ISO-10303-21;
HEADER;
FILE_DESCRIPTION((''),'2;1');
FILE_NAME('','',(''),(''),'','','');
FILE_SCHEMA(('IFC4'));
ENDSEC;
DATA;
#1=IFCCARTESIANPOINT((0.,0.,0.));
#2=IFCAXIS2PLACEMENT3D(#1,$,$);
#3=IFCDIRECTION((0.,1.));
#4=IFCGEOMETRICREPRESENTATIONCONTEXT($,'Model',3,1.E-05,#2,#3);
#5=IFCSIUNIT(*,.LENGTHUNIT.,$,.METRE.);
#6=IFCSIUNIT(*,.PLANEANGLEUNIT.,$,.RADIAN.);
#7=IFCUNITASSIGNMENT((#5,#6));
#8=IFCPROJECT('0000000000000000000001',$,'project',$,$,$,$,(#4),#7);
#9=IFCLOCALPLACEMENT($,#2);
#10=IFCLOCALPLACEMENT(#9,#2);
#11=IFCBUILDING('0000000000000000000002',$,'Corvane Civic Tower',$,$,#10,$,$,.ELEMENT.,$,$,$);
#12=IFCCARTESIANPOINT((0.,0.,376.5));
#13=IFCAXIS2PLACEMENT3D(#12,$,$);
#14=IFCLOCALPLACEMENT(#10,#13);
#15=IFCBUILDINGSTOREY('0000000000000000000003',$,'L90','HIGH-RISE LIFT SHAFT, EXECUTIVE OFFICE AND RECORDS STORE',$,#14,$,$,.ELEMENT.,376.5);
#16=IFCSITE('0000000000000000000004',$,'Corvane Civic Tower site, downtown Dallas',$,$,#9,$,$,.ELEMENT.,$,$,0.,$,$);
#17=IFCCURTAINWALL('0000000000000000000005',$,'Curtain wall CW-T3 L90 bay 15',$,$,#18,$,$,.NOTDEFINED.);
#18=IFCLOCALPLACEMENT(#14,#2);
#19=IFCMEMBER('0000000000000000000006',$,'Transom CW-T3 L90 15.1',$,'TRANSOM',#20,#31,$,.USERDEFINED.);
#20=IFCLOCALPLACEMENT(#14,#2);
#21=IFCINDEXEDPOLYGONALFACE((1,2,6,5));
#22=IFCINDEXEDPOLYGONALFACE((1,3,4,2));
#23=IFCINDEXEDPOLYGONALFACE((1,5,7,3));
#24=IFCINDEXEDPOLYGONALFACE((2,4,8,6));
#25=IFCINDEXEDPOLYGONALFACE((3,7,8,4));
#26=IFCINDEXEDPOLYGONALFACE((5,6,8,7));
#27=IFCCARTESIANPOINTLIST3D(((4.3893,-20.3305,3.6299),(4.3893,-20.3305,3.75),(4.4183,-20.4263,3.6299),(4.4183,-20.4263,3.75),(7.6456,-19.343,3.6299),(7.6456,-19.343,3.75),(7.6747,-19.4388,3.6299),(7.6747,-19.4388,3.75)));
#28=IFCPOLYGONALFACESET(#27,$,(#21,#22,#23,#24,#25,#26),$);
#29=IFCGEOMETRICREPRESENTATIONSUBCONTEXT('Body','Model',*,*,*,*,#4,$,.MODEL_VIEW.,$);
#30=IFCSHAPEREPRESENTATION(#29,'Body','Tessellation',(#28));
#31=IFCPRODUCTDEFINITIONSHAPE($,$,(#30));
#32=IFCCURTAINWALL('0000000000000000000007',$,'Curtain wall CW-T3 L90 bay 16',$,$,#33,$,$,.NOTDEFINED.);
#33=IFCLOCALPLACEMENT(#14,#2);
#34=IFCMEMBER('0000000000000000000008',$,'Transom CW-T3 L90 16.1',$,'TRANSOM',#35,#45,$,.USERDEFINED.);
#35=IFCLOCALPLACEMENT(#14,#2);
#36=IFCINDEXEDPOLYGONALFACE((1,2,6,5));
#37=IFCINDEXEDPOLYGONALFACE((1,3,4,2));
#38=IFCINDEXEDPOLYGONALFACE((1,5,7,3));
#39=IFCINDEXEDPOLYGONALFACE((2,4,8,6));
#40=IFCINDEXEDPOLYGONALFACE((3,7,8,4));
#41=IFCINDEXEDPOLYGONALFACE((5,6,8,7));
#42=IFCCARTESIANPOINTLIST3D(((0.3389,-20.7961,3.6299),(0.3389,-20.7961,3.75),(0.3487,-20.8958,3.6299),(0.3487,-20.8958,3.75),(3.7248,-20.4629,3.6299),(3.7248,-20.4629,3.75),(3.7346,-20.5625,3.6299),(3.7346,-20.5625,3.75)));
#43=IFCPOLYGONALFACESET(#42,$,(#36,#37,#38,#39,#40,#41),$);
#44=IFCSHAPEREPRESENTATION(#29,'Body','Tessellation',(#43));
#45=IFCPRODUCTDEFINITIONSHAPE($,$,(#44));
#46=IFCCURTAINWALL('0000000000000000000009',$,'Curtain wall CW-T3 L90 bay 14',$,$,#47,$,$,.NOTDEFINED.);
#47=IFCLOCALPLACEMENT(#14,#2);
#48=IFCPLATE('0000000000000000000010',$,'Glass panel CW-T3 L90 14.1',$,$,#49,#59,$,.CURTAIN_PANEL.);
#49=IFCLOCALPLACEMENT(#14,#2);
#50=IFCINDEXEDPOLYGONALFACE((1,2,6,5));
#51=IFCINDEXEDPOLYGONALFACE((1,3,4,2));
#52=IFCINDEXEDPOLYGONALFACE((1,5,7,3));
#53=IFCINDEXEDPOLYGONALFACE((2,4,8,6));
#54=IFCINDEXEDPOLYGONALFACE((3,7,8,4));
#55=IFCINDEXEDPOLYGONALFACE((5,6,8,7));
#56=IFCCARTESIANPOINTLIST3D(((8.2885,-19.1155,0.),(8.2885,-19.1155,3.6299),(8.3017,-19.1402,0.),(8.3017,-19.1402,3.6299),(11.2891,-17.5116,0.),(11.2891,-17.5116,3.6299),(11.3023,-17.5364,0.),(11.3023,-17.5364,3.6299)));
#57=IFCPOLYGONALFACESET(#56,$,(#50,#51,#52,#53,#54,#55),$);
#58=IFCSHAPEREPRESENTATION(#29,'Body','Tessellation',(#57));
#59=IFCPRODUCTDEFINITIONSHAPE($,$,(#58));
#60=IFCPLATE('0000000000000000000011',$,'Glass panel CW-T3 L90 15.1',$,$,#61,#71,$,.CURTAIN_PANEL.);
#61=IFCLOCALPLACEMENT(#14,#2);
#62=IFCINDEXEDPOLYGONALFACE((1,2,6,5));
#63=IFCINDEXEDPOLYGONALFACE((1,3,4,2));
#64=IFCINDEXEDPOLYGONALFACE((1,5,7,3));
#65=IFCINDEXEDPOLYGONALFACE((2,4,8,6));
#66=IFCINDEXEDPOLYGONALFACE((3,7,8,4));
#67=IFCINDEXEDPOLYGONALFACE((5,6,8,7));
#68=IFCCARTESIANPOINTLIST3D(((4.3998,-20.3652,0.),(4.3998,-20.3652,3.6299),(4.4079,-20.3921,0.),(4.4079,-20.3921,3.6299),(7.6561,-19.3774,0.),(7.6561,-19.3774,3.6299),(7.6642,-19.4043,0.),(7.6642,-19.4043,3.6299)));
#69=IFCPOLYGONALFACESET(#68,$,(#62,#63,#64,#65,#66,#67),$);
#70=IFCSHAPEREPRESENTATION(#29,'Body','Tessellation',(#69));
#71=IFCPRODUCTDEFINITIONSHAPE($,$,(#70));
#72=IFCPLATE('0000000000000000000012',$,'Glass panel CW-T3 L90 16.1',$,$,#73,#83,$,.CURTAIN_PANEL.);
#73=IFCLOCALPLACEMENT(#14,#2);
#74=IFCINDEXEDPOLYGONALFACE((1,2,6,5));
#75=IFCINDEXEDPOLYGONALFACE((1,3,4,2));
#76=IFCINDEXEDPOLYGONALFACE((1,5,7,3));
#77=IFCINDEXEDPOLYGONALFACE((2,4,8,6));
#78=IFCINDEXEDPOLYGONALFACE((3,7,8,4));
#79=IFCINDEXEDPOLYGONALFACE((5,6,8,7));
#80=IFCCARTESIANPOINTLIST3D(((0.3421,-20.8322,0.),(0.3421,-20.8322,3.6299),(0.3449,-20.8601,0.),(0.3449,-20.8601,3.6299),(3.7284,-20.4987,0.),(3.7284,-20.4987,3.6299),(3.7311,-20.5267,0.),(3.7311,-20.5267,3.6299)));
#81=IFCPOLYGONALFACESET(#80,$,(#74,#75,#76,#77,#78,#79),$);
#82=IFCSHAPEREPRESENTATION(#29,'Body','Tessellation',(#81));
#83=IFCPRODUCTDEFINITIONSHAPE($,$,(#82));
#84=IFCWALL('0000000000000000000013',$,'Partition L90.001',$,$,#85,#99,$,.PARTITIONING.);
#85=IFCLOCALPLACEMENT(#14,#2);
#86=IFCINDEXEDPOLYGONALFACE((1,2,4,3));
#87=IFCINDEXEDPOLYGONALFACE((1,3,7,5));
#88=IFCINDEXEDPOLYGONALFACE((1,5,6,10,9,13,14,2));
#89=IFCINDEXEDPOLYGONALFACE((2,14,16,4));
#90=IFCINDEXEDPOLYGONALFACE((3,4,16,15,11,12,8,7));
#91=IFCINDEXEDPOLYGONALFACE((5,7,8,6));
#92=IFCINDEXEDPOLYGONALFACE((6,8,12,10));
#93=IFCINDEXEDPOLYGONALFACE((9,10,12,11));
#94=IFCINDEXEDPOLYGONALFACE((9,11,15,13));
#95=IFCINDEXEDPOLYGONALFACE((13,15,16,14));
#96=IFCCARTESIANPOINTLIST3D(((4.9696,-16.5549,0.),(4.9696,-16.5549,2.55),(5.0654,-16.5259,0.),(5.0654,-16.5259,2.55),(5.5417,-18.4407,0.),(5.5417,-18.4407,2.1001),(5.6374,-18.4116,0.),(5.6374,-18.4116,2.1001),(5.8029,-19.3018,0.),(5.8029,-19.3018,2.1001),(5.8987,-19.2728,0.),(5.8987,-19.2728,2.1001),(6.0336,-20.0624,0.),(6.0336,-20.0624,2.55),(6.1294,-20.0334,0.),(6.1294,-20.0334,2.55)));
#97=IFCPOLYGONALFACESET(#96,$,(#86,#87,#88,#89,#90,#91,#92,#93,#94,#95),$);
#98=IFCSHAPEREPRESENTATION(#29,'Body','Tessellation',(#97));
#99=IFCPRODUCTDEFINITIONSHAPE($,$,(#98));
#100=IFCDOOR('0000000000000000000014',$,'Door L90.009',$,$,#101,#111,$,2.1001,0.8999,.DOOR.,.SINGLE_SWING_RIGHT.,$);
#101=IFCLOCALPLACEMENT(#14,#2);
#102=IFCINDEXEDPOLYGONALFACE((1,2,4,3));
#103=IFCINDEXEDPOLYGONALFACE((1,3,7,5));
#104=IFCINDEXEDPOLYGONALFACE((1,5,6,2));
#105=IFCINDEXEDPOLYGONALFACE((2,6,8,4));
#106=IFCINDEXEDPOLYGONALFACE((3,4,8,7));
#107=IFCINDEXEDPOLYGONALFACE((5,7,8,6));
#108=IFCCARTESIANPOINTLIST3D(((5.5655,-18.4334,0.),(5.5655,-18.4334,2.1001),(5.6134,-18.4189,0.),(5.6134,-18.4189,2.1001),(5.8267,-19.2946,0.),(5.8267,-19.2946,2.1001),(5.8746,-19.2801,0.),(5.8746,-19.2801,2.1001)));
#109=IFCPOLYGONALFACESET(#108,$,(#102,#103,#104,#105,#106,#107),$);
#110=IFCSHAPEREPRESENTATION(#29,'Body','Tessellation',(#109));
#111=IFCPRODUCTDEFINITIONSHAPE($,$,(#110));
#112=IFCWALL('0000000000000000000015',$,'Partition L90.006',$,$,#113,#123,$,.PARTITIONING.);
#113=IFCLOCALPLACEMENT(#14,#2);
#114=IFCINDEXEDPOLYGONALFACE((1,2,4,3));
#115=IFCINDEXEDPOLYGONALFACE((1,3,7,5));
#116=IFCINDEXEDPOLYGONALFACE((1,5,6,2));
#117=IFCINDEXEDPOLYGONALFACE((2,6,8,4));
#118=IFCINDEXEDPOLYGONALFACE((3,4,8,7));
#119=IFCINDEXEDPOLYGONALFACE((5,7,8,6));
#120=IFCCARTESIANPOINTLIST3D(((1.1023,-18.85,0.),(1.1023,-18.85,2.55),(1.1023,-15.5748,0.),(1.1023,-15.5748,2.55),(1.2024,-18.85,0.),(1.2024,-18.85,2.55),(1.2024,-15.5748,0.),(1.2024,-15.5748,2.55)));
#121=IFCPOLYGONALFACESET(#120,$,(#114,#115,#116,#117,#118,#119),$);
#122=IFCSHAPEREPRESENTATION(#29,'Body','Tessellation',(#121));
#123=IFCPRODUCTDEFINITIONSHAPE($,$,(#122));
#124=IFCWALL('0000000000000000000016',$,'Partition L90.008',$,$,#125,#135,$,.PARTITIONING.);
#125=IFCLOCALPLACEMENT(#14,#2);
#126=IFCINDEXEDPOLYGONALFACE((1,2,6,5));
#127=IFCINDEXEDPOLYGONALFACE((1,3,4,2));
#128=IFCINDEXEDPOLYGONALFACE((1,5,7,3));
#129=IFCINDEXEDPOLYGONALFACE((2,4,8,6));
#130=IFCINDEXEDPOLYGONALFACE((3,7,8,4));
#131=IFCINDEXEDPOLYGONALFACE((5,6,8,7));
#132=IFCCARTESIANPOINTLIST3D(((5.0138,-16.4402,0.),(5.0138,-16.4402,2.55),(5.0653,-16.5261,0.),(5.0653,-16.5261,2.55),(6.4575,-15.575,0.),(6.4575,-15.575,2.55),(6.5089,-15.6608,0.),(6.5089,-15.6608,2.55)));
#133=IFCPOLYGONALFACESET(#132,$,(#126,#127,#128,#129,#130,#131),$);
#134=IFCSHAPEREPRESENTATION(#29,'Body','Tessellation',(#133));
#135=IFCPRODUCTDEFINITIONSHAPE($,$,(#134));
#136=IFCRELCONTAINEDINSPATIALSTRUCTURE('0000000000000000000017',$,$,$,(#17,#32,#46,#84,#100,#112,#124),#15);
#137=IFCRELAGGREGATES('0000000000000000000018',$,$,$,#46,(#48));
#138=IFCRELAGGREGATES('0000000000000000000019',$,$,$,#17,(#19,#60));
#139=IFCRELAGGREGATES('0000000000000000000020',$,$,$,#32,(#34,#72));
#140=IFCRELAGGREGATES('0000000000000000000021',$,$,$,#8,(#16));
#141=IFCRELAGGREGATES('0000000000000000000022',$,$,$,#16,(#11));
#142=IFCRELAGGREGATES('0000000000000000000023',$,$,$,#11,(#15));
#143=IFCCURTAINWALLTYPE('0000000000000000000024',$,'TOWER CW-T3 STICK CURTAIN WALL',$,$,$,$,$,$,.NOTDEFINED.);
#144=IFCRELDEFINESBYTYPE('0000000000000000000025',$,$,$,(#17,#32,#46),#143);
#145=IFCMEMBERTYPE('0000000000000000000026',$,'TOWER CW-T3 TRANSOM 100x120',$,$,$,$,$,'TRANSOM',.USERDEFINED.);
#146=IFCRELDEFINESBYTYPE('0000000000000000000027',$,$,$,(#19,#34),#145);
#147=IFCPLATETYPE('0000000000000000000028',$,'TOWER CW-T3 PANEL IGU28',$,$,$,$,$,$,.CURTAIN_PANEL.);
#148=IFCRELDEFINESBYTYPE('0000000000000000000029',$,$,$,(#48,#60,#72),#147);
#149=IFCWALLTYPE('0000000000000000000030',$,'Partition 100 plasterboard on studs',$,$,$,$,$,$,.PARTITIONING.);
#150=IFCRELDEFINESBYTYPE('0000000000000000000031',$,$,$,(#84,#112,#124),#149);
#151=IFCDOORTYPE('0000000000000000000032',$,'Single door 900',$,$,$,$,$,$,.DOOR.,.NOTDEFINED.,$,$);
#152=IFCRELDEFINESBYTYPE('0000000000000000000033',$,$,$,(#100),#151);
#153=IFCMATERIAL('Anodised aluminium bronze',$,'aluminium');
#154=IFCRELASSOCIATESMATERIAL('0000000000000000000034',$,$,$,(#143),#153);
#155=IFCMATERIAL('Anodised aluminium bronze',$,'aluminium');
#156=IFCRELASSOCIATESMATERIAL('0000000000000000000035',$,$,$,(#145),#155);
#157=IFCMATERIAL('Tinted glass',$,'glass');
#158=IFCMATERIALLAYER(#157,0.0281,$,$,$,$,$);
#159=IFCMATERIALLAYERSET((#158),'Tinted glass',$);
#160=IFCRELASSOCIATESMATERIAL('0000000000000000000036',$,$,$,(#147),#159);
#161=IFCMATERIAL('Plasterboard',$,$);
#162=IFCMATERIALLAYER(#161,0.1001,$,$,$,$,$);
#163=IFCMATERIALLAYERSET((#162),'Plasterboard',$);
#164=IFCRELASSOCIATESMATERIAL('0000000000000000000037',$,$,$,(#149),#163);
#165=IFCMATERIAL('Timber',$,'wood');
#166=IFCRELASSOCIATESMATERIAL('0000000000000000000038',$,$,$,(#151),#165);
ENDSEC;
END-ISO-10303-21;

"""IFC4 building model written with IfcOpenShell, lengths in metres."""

from ifc_helpers import new_model, si_unit, direction, frame, frame_2d, origin, origin_2d, place, context, subcontext, project, spatial, rectangle, extrude, material, layer, layer_set, material_profile, profile_set, type_object, element, fill, aggregate, save


model = new_model("IFC4")

# Units and contexts
model_context = context("Model", 3, precision=1e-05, world=origin(), true_north=direction((0.0, 1.0)))
body_context = subcontext(model_context, "Body", "Model", "MODEL_VIEW")
ifc_project = project(units=[si_unit("LENGTHUNIT", "METRE"), si_unit("PLANEANGLEUNIT", "RADIAN")], contexts=[model_context])

# Site, building, storey
site_placement = place(None, origin())
site = spatial("IfcSite", under=ifc_project, at=site_placement, Name="Corvane Civic Tower site, downtown Dallas", CompositionType="ELEMENT", RefElevation=0.0)
building_placement = place(site_placement, origin())
building = spatial("IfcBuilding", under=site, at=building_placement, Name="Corvane Civic Tower", CompositionType="ELEMENT")
storey_placement = place(building_placement, frame((0.0, 0.0, 376.5)))
storey = spatial("IfcBuildingStorey", under=building, at=storey_placement, Name="L90", Description="HIGH-RISE LIFT SHAFT, EXECUTIVE OFFICE AND RECORDS STORE", CompositionType="ELEMENT", Elevation=376.5)

# Curtain walls, members
ifc_material_1 = material(Name="Anodised aluminium bronze", Category="aluminium")
curtain_wall_type = type_object("IfcCurtainWallType", Name="TOWER CW-T3 STICK CURTAIN WALL", PredefinedType="NOTDEFINED", material=ifc_material_1)
curtain_wall_1_placement = place(storey_placement, origin())
curtain_wall_1 = element("IfcCurtainWall", 1, at=curtain_wall_1_placement, inside=storey, type_object=curtain_wall_type, Name="Curtain wall CW-T3 L90 bay 15", PredefinedType="NOTDEFINED")
ifc_material_2 = material(Name="Anodised aluminium bronze", Category="aluminium")
ifc_material_profile_1 = material_profile(ifc_material_2, rectangle(XDim=0.1001, YDim=0.1201, at=origin_2d()), Name="TOWER CW-T3 TRANSOM 100x120")
ifc_profile_set_1 = profile_set([ifc_material_profile_1], Name="Anodised aluminium bronze")
member_type = type_object("IfcMemberType", Name="TOWER CW-T3 TRANSOM 100x120", ElementType="TRANSOM", PredefinedType="USERDEFINED", material=ifc_profile_set_1)
member_1_placement = place(storey_placement, frame((7.6602, -19.3909, 3.6899), z_axis=(-0.956961, -0.290216, 0.0), x_axis=(0.290216, -0.956961, 0.0)))
member_1 = element("IfcMember", 2, at=member_1_placement, type_object=member_type, Name="Transom CW-T3 L90 15.1", ObjectType="TRANSOM", PredefinedType="USERDEFINED", context=body_context, shape_type="SweptSolid", body=[
    extrude(rectangle(XDim=0.1001, YDim=0.1201, at=origin_2d()), origin(), (0.0, 0.0, 1.0), 3.4028),
])
curtain_wall_2_placement = place(storey_placement, origin())
curtain_wall_2 = element("IfcCurtainWall", 3, at=curtain_wall_2_placement, inside=storey, type_object=curtain_wall_type, Name="Curtain wall CW-T3 L90 bay 16", PredefinedType="NOTDEFINED")
member_2_placement = place(storey_placement, frame((3.7297, -20.5127, 3.6899), z_axis=(-0.995192, -0.097948, 0.0), x_axis=(0.097948, -0.995192, 0.0)))
member_2 = element("IfcMember", 4, at=member_2_placement, type_object=member_type, Name="Transom CW-T3 L90 16.1", ObjectType="TRANSOM", PredefinedType="USERDEFINED", context=body_context, shape_type="SweptSolid", body=[
    extrude(rectangle(XDim=0.1001, YDim=0.1201, at=origin_2d()), origin(), (0.0, 0.0, 1.0), 3.4023),
])

# Curtain wall, plate
curtain_wall_3_placement = place(storey_placement, origin())
curtain_wall_3 = element("IfcCurtainWall", 5, at=curtain_wall_3_placement, inside=storey, type_object=curtain_wall_type, Name="Curtain wall CW-T3 L90 bay 14", PredefinedType="NOTDEFINED")
ifc_material_3 = material(Name="Tinted glass", Category="glass")
ifc_layer_1 = layer(ifc_material_3, 0.0281)
ifc_layer_set_1 = layer_set([ifc_layer_1], Name="Tinted glass")
plate_type = type_object("IfcPlateType", Name="TOWER CW-T3 PANEL IGU28", PredefinedType="CURTAIN_PANEL", material=ifc_layer_set_1)
plate_1_placement = place(storey_placement, frame((9.7954, -18.3259, 0.0), z_axis=(0.0, 0.0, 1.0), x_axis=(-0.881928, -0.471384, 0.0)))
plate_1 = element("IfcPlate", 6, at=plate_1_placement, type_object=plate_type, Name="Glass panel CW-T3 L90 14.1", PredefinedType="CURTAIN_PANEL", context=body_context, shape_type="SweptSolid", body=[
    extrude(rectangle(XDim=3.4023, YDim=0.0281, at=origin_2d()), origin(), (0.0, 0.0, 1.0), 3.6299),
])
aggregate(curtain_wall_3, [plate_1])

# Plates
plate_2_placement = place(storey_placement, frame((6.032, -19.8848, 0.0), z_axis=(0.0, 0.0, 1.0), x_axis=(-0.956939, -0.29029, 0.0)))
plate_2 = element("IfcPlate", 7, at=plate_2_placement, type_object=plate_type, Name="Glass panel CW-T3 L90 15.1", PredefinedType="CURTAIN_PANEL", context=body_context, shape_type="SweptSolid", body=[
    extrude(rectangle(XDim=3.4028, YDim=0.0281, at=origin_2d()), origin(), (0.0, 0.0, 1.0), 3.6299),
])
aggregate(curtain_wall_1, [member_1, plate_2])
plate_3_placement = place(storey_placement, frame((2.0366, -20.6794, 0.0), z_axis=(0.0, 0.0, 1.0), x_axis=(-0.995187, -0.097998, 0.0)))
plate_3 = element("IfcPlate", 8, at=plate_3_placement, type_object=plate_type, Name="Glass panel CW-T3 L90 16.1", PredefinedType="CURTAIN_PANEL", context=body_context, shape_type="SweptSolid", body=[
    extrude(rectangle(XDim=3.4026, YDim=0.0281, at=origin_2d()), origin(), (0.0, 0.0, 1.0), 3.6299),
])
aggregate(curtain_wall_2, [member_2, plate_3])

# Wall, opening, door
ifc_material_4 = material(Name="Plasterboard")
ifc_layer_2 = layer(ifc_material_4, 0.1001)
ifc_layer_set_2 = layer_set([ifc_layer_2], Name="Plasterboard")
wall_type = type_object("IfcWallType", Name="Partition 100 plasterboard on studs", PredefinedType="PARTITIONING", material=ifc_layer_set_2)
wall_1_placement = place(storey_placement, frame((5.0176, -16.5405, 0.0), z_axis=(0.0, 0.0, 1.0), x_axis=(0.290274, -0.956944, 0.0)))
wall_1 = element("IfcWall", 9, at=wall_1_placement, inside=storey, type_object=wall_type, Name="Partition L90.001", PredefinedType="PARTITIONING", context=body_context, shape_type="SweptSolid", body=[
    extrude(rectangle(XDim=3.6653, YDim=0.1001, at=frame_2d((1.8325, 0.0))), origin(), (0.0, 0.0, 1.0), 2.55),
])
opening_placement = place(wall_1_placement, frame((1.9705, 0.0, 0.0)))
opening = element("IfcOpeningElement", 10, at=opening_placement, cuts=wall_1, PredefinedType="OPENING", context=body_context, shape_type="SweptSolid", body=[
    extrude(rectangle(XDim=0.8999, YDim=2.1001, at=frame_2d((0.45, 1.05))), frame((0.0, 0.0601, 0.0), z_axis=(0.0, -1.0, 0.0), x_axis=(1.0, 0.0, 0.0)), (0.0, 0.0, 1.0), 0.1201),
])
ifc_material_5 = material(Name="Timber", Category="wood")
door_type = type_object("IfcDoorType", Name="Single door 900", OperationType="NOTDEFINED", PredefinedType="DOOR", material=ifc_material_5)
door_placement = place(opening_placement, origin())
door = element("IfcDoor", 11, at=door_placement, inside=storey, type_object=door_type, Name="Door L90.009", OperationType="SINGLE_SWING_RIGHT", OverallHeight=2.1001, OverallWidth=0.8999, PredefinedType="DOOR", context=body_context, shape_type="SweptSolid", body=[
    extrude(rectangle(XDim=0.8999, YDim=2.1001, at=frame_2d((0.45, 1.05))), frame((0.0, 0.0249, 0.0), z_axis=(0.0, -1.0, 0.0), x_axis=(1.0, 0.0, 0.0)), (0.0, 0.0, 1.0), 0.05),
])
fill(opening, door)

# Walls
wall_2_placement = place(storey_placement, frame((1.1523, -18.8501, 0.0), z_axis=(0.0, 0.0, 1.0), x_axis=(0.0, 1.0, 0.0)))
element("IfcWall", 12, at=wall_2_placement, inside=storey, type_object=wall_type, Name="Partition L90.006", PredefinedType="PARTITIONING", context=body_context, shape_type="SweptSolid", body=[
    extrude(rectangle(XDim=3.2751, YDim=0.1001, at=frame_2d((1.6377, 0.0))), origin(), (0.0, 0.0, 1.0), 2.55),
])
wall_3_placement = place(storey_placement, frame((5.0396, -16.4832, 0.0), z_axis=(0.0, 0.0, 1.0), x_axis=(0.857736, 0.51409, 0.0)))
element("IfcWall", 13, at=wall_3_placement, inside=storey, type_object=wall_type, Name="Partition L90.008", PredefinedType="PARTITIONING", context=body_context, shape_type="SweptSolid", body=[
    extrude(rectangle(XDim=1.6831, YDim=0.1001, at=frame_2d((0.8416, 0.0))), origin(), (0.0, 0.0, 1.0), 2.55),
])

save(model, "model.ifc")
